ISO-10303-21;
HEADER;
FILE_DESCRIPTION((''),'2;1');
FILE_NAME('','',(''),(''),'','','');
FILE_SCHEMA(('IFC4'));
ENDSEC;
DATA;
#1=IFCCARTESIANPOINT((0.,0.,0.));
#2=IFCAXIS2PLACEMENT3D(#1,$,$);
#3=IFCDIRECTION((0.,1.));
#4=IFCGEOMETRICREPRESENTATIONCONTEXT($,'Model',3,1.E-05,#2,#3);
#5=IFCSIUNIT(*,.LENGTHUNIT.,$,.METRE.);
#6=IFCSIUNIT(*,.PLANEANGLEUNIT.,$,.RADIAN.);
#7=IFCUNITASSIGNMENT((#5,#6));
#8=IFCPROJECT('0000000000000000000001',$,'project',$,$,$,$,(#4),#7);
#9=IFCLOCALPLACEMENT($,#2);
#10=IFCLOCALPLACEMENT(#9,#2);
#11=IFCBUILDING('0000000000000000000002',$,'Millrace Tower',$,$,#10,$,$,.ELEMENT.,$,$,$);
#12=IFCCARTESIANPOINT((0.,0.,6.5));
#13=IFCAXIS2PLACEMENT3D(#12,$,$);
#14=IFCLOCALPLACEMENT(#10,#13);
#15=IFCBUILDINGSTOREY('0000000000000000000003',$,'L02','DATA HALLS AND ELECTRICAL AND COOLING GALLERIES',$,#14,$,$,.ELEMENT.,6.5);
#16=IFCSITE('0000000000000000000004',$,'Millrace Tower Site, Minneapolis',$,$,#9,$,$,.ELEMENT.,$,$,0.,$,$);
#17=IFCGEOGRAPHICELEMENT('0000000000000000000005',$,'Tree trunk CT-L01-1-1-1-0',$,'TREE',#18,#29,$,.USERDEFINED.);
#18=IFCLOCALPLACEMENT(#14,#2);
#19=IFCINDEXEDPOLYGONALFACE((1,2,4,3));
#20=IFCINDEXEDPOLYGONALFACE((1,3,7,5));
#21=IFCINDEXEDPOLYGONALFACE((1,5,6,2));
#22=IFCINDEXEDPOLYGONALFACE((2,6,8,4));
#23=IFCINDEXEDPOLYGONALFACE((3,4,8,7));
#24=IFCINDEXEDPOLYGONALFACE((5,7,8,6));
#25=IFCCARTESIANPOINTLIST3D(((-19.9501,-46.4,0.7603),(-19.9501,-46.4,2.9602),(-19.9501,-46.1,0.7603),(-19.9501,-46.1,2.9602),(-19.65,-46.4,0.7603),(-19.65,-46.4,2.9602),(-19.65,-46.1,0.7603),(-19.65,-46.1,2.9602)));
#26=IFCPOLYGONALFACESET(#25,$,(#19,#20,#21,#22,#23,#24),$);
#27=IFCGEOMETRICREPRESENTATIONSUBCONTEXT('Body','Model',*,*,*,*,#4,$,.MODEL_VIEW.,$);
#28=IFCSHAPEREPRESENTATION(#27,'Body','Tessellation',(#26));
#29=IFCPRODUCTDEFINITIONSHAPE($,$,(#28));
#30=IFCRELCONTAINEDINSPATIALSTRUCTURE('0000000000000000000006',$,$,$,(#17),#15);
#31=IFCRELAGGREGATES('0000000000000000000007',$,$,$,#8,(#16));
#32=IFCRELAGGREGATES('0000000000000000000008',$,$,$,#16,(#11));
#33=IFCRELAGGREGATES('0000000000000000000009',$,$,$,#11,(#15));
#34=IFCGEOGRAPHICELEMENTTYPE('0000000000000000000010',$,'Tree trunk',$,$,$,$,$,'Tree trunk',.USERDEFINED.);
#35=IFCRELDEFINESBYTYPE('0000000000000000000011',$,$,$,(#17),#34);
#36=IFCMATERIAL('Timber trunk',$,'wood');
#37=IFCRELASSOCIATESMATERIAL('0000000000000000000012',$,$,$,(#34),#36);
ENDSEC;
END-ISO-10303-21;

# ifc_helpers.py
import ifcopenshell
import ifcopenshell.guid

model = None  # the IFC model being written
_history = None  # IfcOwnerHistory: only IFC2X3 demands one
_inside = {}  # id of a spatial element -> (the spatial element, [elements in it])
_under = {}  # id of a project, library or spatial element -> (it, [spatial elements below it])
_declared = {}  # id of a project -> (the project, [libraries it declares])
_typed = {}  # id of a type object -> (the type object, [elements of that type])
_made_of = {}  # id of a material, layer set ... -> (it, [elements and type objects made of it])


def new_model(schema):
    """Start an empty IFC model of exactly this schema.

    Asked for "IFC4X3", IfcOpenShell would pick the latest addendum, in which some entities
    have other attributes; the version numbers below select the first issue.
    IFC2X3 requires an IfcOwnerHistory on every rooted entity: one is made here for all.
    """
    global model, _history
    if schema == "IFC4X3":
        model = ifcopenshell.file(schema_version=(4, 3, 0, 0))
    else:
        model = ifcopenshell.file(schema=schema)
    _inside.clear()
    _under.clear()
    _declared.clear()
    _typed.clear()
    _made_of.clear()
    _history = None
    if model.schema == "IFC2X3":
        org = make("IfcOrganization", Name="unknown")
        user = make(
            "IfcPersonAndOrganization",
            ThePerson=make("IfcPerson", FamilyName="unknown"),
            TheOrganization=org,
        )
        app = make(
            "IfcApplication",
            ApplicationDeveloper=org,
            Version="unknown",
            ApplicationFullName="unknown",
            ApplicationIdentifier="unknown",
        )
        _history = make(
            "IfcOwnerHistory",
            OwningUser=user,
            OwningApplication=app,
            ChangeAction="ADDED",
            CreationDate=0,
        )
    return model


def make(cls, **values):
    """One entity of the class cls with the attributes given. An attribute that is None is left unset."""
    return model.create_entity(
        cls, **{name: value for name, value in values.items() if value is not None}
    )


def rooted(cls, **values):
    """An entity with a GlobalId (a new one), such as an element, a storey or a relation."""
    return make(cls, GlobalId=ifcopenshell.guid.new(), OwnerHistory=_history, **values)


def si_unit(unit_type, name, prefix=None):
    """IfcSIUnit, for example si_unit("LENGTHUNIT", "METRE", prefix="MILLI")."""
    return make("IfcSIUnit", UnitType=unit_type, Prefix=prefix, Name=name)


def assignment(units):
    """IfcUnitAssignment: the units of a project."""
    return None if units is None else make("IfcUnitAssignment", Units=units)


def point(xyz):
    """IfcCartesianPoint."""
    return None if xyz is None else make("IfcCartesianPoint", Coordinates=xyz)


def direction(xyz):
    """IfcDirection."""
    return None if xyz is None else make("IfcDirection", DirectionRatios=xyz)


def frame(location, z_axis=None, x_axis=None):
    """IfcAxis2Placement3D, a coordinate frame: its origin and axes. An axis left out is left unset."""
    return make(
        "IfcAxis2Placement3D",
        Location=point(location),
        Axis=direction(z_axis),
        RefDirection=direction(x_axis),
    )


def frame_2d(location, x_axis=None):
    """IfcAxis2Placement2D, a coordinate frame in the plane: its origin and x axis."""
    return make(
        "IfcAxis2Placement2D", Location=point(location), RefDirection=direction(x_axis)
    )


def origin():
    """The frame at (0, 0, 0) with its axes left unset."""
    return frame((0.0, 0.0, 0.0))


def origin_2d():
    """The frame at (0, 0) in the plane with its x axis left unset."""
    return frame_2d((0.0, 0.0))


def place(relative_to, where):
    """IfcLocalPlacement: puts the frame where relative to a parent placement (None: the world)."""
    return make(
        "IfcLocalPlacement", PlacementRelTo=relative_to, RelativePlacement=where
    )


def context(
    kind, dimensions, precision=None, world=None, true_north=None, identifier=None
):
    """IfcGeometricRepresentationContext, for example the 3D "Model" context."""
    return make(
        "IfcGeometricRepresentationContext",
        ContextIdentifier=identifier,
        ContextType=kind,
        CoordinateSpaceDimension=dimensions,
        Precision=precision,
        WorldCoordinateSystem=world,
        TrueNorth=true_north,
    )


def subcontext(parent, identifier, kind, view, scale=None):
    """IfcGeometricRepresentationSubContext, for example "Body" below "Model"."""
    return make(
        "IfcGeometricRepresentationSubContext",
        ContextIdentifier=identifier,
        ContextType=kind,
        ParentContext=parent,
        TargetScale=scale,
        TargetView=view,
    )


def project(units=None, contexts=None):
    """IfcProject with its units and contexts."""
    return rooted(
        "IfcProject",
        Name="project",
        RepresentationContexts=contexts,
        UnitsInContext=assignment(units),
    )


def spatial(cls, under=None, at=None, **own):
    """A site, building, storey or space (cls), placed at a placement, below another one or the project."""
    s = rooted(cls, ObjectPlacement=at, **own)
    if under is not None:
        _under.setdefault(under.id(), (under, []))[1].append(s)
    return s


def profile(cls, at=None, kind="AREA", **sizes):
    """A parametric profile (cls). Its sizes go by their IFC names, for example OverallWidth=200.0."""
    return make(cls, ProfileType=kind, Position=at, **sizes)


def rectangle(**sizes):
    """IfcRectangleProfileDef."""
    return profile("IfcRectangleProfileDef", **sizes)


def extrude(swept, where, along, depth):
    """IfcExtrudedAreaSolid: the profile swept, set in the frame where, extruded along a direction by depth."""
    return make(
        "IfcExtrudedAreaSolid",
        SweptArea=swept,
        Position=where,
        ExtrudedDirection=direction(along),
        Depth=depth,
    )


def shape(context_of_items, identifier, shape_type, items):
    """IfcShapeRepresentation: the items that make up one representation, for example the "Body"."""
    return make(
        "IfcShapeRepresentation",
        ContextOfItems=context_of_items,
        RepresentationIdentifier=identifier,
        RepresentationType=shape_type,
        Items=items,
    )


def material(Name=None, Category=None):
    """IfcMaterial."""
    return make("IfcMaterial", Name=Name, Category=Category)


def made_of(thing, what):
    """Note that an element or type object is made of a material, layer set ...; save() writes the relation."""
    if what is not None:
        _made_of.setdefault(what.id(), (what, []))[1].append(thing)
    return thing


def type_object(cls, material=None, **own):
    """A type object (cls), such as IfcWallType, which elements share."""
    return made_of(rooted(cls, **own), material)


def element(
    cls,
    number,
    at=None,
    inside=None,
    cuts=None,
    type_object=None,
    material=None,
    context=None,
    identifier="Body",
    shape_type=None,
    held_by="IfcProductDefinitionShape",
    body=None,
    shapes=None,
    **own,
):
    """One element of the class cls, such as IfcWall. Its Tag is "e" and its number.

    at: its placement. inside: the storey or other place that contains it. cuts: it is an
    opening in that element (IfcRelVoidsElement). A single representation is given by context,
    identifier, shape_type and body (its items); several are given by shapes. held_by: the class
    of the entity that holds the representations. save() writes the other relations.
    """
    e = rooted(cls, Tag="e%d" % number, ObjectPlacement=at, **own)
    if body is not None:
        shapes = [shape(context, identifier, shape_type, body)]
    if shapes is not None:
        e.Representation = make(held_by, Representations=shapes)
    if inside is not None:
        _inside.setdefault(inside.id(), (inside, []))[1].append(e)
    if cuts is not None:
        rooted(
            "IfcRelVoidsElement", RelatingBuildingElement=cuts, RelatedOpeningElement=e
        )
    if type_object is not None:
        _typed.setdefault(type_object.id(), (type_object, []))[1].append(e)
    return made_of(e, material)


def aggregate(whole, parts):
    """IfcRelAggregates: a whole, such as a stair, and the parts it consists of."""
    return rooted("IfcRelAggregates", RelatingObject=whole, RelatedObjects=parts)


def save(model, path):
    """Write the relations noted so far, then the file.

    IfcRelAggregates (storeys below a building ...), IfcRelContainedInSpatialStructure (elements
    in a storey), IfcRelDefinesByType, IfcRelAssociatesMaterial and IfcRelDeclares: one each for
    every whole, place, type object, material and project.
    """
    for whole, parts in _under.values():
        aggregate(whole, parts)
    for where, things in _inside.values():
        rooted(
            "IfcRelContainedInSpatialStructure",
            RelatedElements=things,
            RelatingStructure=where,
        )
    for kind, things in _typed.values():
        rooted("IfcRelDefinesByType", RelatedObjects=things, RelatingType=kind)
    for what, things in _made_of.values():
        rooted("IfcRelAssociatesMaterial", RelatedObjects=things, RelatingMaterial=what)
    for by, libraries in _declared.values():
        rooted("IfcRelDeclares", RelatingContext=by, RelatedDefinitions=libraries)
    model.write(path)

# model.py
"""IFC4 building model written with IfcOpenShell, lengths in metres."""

from ifc_helpers import new_model, si_unit, direction, frame, origin, origin_2d, place, context, subcontext, project, spatial, rectangle, extrude, material, type_object, element, save


model = new_model("IFC4")

# Units and contexts
model_context = context("Model", 3, precision=1e-05, world=origin(), true_north=direction((0.0, 1.0)))
body_context = subcontext(model_context, "Body", "Model", "MODEL_VIEW")
ifc_project = project(units=[si_unit("LENGTHUNIT", "METRE"), si_unit("PLANEANGLEUNIT", "RADIAN")], contexts=[model_context])

# Site, building, storey
site_placement = place(None, origin())
site = spatial("IfcSite", under=ifc_project, at=site_placement, Name="Millrace Tower Site, Minneapolis", CompositionType="ELEMENT", RefElevation=0.0)
building_placement = place(site_placement, origin())
building = spatial("IfcBuilding", under=site, at=building_placement, Name="Millrace Tower", CompositionType="ELEMENT")
storey_placement = place(building_placement, frame((0.0, 0.0, 6.5)))
storey = spatial("IfcBuildingStorey", under=building, at=storey_placement, Name="L02", Description="DATA HALLS AND ELECTRICAL AND COOLING GALLERIES", CompositionType="ELEMENT", Elevation=6.5)

# Geographic element
ifc_material_1 = material(Name="Timber trunk", Category="wood")
geographic_element_type_1 = type_object("IfcGeographicElementType", Name="Tree trunk", ElementType="Tree trunk", PredefinedType="USERDEFINED", material=ifc_material_1)
for number, where, z_axis, x_axis, name in (
    (1, (-19.8, -46.25, 0.7603), (0.0, 0.0, 1.0), (1.0, 0.0, 0.0), "Tree trunk CT-L01-1-1-1-0"),
):
    element("IfcGeographicElement", number, at=place(storey_placement, frame(where, z_axis=z_axis, x_axis=x_axis)), inside=storey, type_object=geographic_element_type_1, Name=name, ObjectType="TREE", PredefinedType="USERDEFINED", context=body_context, shape_type="SweptSolid", body=[
        extrude(rectangle(XDim=0.3, YDim=0.3, at=origin_2d()), origin(), (0.0, 0.0, 1.0), 2.2),
    ])

save(model, "model.ifc")
